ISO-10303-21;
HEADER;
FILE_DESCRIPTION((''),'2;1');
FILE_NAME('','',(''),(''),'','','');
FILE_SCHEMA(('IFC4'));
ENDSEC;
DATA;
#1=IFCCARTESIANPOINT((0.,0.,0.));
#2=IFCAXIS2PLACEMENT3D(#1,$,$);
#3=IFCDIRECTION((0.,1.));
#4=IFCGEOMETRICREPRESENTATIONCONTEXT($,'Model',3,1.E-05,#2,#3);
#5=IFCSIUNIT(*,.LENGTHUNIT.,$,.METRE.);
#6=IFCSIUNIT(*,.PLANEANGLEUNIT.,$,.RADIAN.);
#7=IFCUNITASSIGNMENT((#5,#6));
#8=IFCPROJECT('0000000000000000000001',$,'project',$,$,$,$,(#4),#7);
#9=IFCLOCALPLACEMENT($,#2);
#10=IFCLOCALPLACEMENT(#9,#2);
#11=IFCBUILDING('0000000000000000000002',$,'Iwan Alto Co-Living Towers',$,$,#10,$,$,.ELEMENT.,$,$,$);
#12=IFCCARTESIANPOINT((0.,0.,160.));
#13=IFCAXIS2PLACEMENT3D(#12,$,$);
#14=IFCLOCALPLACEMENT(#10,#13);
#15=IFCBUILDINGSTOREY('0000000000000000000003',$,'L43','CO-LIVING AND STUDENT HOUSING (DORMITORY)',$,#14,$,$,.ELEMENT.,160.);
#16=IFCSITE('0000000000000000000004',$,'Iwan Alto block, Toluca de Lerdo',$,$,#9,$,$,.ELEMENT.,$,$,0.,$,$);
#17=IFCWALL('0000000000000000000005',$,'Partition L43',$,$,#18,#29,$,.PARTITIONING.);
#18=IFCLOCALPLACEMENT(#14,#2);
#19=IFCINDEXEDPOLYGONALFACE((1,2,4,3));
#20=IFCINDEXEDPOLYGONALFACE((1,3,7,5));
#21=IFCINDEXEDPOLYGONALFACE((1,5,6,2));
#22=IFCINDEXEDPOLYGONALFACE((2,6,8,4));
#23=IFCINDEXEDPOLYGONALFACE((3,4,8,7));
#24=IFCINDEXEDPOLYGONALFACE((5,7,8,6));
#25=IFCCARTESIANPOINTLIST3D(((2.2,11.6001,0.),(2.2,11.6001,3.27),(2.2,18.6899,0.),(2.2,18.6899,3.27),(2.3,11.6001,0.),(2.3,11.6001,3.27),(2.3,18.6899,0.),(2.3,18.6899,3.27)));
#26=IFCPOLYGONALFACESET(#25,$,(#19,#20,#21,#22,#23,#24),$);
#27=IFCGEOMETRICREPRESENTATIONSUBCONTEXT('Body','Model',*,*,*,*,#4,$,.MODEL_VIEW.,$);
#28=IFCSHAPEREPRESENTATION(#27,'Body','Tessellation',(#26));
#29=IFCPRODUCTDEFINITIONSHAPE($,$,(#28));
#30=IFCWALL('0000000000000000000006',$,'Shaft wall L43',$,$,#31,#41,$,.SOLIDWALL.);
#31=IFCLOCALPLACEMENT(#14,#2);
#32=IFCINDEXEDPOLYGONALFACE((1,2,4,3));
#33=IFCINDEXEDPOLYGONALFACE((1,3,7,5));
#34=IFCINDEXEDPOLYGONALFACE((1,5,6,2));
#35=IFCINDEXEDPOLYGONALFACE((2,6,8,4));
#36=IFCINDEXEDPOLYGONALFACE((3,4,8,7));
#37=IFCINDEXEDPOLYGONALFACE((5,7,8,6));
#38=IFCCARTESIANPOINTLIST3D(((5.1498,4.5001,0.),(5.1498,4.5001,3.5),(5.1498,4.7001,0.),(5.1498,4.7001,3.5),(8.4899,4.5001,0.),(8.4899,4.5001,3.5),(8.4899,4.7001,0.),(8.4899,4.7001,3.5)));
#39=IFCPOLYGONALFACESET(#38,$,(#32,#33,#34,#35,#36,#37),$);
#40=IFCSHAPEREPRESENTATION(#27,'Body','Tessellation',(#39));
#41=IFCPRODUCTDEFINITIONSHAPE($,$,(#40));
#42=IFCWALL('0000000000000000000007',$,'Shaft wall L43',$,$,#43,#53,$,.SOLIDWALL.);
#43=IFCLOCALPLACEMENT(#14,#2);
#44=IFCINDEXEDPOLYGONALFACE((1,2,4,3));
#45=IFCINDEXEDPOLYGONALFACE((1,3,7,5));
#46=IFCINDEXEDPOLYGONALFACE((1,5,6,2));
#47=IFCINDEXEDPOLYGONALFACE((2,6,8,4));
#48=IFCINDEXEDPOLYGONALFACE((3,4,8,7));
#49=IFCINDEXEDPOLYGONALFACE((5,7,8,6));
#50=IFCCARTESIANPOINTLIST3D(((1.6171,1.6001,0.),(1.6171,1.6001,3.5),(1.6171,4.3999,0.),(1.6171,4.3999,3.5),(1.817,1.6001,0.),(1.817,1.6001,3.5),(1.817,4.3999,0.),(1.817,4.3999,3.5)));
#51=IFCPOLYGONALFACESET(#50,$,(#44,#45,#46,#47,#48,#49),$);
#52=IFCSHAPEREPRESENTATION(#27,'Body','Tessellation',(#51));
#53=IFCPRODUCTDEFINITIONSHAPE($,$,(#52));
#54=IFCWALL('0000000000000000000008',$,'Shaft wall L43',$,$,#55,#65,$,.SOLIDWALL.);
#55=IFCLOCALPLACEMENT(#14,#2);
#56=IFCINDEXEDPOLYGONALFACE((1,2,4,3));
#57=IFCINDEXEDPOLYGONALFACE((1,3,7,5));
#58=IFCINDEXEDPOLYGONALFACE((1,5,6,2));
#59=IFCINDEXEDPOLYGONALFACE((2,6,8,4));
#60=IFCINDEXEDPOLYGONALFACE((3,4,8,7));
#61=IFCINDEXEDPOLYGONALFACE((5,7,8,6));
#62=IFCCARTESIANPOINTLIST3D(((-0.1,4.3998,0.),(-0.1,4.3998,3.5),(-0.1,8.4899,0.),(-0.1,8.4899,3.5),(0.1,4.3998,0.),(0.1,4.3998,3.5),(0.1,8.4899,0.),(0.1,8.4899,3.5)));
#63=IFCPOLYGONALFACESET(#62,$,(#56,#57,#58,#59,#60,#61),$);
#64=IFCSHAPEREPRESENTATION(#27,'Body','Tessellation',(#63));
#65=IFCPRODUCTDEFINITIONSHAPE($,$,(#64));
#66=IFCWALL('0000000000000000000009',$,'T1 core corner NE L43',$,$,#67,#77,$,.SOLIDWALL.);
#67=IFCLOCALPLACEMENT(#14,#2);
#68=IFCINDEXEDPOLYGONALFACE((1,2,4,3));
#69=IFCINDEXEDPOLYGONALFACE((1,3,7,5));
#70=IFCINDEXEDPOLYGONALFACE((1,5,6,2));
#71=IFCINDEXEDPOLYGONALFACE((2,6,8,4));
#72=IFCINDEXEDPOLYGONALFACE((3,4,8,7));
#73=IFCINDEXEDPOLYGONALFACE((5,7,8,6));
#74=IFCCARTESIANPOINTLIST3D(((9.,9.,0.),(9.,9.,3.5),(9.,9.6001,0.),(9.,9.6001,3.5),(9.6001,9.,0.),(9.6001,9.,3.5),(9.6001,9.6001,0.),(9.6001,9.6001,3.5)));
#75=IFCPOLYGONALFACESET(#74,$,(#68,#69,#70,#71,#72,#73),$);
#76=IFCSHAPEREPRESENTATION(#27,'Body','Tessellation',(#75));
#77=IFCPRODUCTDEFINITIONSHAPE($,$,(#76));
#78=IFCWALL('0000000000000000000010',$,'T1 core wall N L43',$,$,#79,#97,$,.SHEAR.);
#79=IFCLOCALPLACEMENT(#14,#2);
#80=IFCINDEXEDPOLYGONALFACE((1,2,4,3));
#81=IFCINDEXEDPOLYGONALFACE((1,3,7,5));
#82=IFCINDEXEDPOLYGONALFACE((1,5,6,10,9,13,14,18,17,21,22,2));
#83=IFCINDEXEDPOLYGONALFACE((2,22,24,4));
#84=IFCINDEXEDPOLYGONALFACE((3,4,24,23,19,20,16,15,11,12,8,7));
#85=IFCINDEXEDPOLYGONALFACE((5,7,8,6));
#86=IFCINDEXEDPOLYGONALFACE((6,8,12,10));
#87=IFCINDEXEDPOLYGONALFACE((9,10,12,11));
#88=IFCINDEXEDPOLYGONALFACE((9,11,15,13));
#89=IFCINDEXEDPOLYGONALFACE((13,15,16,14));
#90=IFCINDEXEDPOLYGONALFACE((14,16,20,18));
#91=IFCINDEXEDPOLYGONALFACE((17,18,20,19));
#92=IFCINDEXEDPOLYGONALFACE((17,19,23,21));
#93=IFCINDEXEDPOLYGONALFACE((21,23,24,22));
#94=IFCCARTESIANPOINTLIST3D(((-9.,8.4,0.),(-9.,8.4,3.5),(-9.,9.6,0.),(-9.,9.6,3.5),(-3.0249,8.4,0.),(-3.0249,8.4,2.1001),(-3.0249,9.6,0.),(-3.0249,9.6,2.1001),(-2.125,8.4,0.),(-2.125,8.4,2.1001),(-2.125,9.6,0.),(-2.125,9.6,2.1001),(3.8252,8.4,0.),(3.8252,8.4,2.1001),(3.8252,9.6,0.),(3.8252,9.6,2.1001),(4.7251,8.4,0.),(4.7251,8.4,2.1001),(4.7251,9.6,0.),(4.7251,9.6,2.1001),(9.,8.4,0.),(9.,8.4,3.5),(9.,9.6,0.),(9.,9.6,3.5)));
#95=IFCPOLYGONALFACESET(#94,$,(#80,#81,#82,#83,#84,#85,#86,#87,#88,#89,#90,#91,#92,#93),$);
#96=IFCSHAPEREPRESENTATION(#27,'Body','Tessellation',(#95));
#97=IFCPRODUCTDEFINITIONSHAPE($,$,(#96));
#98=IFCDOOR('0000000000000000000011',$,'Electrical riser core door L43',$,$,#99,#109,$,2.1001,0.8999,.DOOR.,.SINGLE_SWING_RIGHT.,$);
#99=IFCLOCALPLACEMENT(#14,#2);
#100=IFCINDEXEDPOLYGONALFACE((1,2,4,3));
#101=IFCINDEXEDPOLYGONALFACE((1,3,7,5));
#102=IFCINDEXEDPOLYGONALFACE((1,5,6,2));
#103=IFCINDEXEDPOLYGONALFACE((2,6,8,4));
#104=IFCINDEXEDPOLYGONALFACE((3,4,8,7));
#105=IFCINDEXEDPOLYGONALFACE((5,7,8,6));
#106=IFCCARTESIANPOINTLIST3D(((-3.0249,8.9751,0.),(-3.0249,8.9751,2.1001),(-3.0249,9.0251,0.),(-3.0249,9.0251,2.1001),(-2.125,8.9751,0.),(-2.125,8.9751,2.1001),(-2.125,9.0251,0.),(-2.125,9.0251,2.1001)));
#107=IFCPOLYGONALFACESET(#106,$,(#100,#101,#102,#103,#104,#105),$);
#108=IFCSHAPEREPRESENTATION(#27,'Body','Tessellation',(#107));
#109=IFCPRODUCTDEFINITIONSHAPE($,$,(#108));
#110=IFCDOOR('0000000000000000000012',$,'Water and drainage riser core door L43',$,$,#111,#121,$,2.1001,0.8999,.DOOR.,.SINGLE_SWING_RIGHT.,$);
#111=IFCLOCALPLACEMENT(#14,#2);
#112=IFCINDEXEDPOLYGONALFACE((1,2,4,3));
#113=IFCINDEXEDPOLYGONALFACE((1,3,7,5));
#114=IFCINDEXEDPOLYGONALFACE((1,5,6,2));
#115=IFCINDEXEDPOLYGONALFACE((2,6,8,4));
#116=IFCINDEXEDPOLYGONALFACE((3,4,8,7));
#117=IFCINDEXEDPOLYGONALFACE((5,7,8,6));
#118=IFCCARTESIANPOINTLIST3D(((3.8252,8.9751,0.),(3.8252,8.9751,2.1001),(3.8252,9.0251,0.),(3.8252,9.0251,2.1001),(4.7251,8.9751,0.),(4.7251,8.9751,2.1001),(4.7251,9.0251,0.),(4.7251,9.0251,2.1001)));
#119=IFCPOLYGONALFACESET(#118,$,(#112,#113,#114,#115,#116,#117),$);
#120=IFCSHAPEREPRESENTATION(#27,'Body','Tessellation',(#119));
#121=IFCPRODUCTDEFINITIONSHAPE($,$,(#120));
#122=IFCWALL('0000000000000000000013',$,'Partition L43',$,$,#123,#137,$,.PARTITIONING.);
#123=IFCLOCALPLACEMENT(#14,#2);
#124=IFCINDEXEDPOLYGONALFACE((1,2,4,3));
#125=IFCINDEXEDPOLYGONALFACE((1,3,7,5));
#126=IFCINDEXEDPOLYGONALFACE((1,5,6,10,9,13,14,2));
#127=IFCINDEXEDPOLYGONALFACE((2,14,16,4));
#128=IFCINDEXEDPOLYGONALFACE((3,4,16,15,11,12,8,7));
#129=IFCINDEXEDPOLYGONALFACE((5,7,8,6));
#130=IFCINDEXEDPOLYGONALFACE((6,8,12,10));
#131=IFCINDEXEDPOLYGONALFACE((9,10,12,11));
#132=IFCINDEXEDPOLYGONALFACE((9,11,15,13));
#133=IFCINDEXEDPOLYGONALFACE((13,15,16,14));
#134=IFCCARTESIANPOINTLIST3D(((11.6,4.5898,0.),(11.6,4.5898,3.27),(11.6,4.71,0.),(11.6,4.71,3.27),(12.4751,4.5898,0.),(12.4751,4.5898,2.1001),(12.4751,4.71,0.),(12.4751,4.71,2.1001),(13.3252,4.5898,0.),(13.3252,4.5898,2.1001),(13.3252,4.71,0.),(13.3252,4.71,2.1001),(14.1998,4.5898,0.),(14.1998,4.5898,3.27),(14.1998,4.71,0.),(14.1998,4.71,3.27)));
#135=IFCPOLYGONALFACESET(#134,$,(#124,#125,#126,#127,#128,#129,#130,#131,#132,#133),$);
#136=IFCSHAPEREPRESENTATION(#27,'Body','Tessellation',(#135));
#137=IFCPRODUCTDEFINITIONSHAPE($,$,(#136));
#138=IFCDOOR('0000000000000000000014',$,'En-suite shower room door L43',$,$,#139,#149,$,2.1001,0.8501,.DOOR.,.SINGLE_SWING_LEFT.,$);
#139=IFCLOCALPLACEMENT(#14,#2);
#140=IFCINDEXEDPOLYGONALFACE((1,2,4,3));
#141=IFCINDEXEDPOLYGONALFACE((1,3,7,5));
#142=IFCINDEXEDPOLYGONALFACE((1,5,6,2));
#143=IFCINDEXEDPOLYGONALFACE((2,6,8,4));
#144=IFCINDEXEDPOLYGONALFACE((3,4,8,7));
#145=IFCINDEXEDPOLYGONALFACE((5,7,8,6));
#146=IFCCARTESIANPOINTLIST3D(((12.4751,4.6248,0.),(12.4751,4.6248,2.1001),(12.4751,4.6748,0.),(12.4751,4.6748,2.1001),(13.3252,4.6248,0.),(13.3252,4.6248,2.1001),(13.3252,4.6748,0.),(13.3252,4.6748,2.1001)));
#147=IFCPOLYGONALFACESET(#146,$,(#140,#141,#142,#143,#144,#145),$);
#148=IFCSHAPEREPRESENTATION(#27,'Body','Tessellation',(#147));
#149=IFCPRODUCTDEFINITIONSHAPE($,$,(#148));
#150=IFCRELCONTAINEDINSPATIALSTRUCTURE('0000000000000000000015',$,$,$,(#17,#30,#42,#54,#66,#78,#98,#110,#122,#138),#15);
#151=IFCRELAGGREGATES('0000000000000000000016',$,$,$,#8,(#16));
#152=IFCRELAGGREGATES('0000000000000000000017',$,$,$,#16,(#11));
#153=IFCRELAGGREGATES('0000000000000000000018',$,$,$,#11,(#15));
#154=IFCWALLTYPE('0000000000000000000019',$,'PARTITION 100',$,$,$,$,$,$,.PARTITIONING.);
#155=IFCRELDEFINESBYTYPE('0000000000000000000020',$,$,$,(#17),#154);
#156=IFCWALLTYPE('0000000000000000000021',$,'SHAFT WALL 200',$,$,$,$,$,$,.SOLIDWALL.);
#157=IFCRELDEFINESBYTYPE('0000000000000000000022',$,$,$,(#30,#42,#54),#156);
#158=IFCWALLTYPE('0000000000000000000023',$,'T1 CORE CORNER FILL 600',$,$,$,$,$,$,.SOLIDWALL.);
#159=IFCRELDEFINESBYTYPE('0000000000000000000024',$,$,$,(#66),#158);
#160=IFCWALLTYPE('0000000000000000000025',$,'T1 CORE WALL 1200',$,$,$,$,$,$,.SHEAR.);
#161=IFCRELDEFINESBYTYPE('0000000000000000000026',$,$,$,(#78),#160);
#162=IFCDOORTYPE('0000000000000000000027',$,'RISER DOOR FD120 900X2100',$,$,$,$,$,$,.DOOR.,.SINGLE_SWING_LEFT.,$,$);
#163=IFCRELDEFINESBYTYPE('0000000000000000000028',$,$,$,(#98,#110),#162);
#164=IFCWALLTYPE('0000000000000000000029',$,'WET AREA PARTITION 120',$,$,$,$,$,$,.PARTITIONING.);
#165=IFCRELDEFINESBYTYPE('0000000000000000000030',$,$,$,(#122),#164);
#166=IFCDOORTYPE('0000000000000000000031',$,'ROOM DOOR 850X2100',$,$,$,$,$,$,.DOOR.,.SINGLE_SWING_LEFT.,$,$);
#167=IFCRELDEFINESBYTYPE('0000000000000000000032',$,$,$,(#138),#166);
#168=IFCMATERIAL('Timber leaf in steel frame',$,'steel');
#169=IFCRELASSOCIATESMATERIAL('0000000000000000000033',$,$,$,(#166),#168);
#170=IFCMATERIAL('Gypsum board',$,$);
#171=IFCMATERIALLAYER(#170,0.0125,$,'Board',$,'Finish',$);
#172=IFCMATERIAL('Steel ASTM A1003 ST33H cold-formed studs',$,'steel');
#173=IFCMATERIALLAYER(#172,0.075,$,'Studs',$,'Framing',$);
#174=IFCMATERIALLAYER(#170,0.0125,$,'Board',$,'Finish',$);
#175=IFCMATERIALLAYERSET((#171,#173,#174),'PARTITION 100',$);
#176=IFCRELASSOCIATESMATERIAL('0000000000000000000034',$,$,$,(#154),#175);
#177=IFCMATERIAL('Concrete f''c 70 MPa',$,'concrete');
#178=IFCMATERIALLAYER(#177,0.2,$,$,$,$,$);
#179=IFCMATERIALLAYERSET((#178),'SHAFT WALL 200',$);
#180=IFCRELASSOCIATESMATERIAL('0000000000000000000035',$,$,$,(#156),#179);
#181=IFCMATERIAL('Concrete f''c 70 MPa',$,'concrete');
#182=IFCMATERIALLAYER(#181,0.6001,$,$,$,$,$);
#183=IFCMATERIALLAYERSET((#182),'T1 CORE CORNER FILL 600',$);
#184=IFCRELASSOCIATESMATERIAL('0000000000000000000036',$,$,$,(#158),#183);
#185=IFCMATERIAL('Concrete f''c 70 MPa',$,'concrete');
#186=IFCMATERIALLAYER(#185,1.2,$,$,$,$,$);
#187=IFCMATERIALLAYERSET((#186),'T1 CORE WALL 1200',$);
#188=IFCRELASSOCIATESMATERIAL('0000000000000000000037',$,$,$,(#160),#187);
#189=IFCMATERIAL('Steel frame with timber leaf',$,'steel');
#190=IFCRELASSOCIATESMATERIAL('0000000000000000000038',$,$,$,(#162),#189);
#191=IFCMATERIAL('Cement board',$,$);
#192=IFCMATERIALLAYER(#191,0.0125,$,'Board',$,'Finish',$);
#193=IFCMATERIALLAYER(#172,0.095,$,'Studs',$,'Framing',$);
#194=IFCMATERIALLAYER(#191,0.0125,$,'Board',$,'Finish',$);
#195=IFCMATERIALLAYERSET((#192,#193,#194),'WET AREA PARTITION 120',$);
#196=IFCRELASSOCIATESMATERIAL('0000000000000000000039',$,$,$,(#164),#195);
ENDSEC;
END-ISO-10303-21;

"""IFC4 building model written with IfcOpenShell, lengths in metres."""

from ifc_helpers import new_model, si_unit, direction, frame, frame_2d, origin, place, context, subcontext, project, spatial, rectangle, extrude, material, layer, layer_set, type_object, element, fill, save


model = new_model("IFC4")

# Units and contexts
model_context = context("Model", 3, precision=1e-05, world=origin(), true_north=direction((0.0, 1.0)))
body_context = subcontext(model_context, "Body", "Model", "MODEL_VIEW")
ifc_project = project(units=[si_unit("LENGTHUNIT", "METRE"), si_unit("PLANEANGLEUNIT", "RADIAN")], contexts=[model_context])

# Site, building, storey
site_placement = place(None, origin())
site = spatial("IfcSite", under=ifc_project, at=site_placement, Name="Iwan Alto block, Toluca de Lerdo", CompositionType="ELEMENT", RefElevation=0.0)
building_placement = place(site_placement, origin())
building = spatial("IfcBuilding", under=site, at=building_placement, Name="Iwan Alto Co-Living Towers", CompositionType="ELEMENT")
storey_placement = place(building_placement, frame((0.0, 0.0, 160.0)))
storey = spatial("IfcBuildingStorey", under=building, at=storey_placement, Name="L43", Description="CO-LIVING AND STUDENT HOUSING (DORMITORY)", CompositionType="ELEMENT", Elevation=160.0)

# Shared definitions
ifc_material_1 = material(Name="Gypsum board")
ifc_material_2 = material(Name="Steel ASTM A1003 ST33H cold-formed studs", Category="steel")
ifc_material_3 = material(Name="Timber leaf in steel frame", Category="steel")
door_type_1 = type_object("IfcDoorType", Name="ROOM DOOR 850X2100", OperationType="SINGLE_SWING_LEFT", PredefinedType="DOOR", material=ifc_material_3)

# Walls
ifc_layer_1 = layer(ifc_material_1, 0.0125, Name="Board", Category="Finish")
ifc_layer_2 = layer(ifc_material_2, 0.075, Name="Studs", Category="Framing")
ifc_layer_3 = layer(ifc_material_1, 0.0125, Name="Board", Category="Finish")
ifc_layer_set_1 = layer_set([ifc_layer_1, ifc_layer_2, ifc_layer_3], Name="PARTITION 100")
wall_type_1 = type_object("IfcWallType", Name="PARTITION 100", PredefinedType="PARTITIONING", material=ifc_layer_set_1)
for number, where, z_axis, x_axis, name in (
    (1, (2.25, 11.6001, 0.0), (0.0, 0.0, 1.0), (0.0, 1.0, 0.0), "Partition L43"),
):
    element("IfcWall", number, at=place(storey_placement, frame(where, z_axis=z_axis, x_axis=x_axis)), inside=storey, type_object=wall_type_1, Name=name, PredefinedType="PARTITIONING", context=body_context, shape_type="SweptSolid", body=[
        extrude(rectangle(XDim=7.0898, YDim=0.1001, at=frame_2d((3.5449, 0.0))), origin(), (0.0, 0.0, 1.0), 3.27),
    ])
ifc_material_4 = material(Name="Concrete f'c 70 MPa", Category="concrete")
ifc_layer_4 = layer(ifc_material_4, 0.2)
ifc_layer_set_2 = layer_set([ifc_layer_4], Name="SHAFT WALL 200")
wall_type_2 = type_object("IfcWallType", Name="SHAFT WALL 200", PredefinedType="SOLIDWALL", material=ifc_layer_set_2)
wall_1_placement = place(storey_placement, frame((5.1499, 4.6001, 0.0), z_axis=(0.0, 0.0, 1.0), x_axis=(1.0, 0.0, 0.0)))
element("IfcWall", 2, at=wall_1_placement, inside=storey, type_object=wall_type_2, Name="Shaft wall L43", PredefinedType="SOLIDWALL", context=body_context, shape_type="SweptSolid", body=[
    extrude(rectangle(XDim=3.3401, YDim=0.2, at=frame_2d((1.6699, 0.0))), origin(), (0.0, 0.0, 1.0), 3.5),
])
wall_2_placement = place(storey_placement, frame((1.717, 1.6001, 0.0), z_axis=(0.0, 0.0, 1.0), x_axis=(0.0, 1.0, 0.0)))
element("IfcWall", 3, at=wall_2_placement, inside=storey, type_object=wall_type_2, Name="Shaft wall L43", PredefinedType="SOLIDWALL", context=body_context, shape_type="SweptSolid", body=[
    extrude(rectangle(XDim=2.7998, YDim=0.2, at=frame_2d((1.3999, 0.0))), origin(), (0.0, 0.0, 1.0), 3.5),
])
wall_3_placement = place(storey_placement, frame((0.0, 4.3999, 0.0), z_axis=(0.0, 0.0, 1.0), x_axis=(0.0, 1.0, 0.0)))
element("IfcWall", 4, at=wall_3_placement, inside=storey, type_object=wall_type_2, Name="Shaft wall L43", PredefinedType="SOLIDWALL", context=body_context, shape_type="SweptSolid", body=[
    extrude(rectangle(XDim=4.0901, YDim=0.2, at=frame_2d((2.0449, 0.0))), origin(), (0.0, 0.0, 1.0), 3.5),
])
ifc_material_5 = material(Name="Concrete f'c 70 MPa", Category="concrete")
ifc_layer_5 = layer(ifc_material_5, 0.6001)
ifc_layer_set_3 = layer_set([ifc_layer_5], Name="T1 CORE CORNER FILL 600")
wall_type_3 = type_object("IfcWallType", Name="T1 CORE CORNER FILL 600", PredefinedType="SOLIDWALL", material=ifc_layer_set_3)
wall_4_placement = place(storey_placement, frame((9.0, 9.3, 0.0), z_axis=(0.0, 0.0, 1.0), x_axis=(1.0, 0.0, 0.0)))
element("IfcWall", 5, at=wall_4_placement, inside=storey, type_object=wall_type_3, Name="T1 core corner NE L43", PredefinedType="SOLIDWALL", context=body_context, shape_type="SweptSolid", body=[
    extrude(rectangle(XDim=0.6001, YDim=0.6001, at=frame_2d((0.3, 0.0))), origin(), (0.0, 0.0, 1.0), 3.5),
])

# Wall, openings, doors
ifc_material_6 = material(Name="Concrete f'c 70 MPa", Category="concrete")
ifc_layer_6 = layer(ifc_material_6, 1.2)
ifc_layer_set_4 = layer_set([ifc_layer_6], Name="T1 CORE WALL 1200")
wall_type_4 = type_object("IfcWallType", Name="T1 CORE WALL 1200", PredefinedType="SHEAR", material=ifc_layer_set_4)
wall_5_placement = place(storey_placement, frame((9.0, 9.0, 0.0), z_axis=(0.0, 0.0, 1.0), x_axis=(-1.0, 0.0, 0.0)))
wall_5 = element("IfcWall", 6, at=wall_5_placement, inside=storey, type_object=wall_type_4, Name="T1 core wall N L43", PredefinedType="SHEAR", context=body_context, shape_type="SweptSolid", body=[
    extrude(rectangle(XDim=18.0, YDim=1.2, at=frame_2d((9.0, 0.0))), origin(), (0.0, 0.0, 1.0), 3.5),
])
opening_1_placement = place(wall_5_placement, frame((11.125, 0.0, 0.0)))
opening_1 = element("IfcOpeningElement", 7, at=opening_1_placement, cuts=wall_5, PredefinedType="OPENING", context=body_context, shape_type="SweptSolid", body=[
    extrude(rectangle(XDim=0.8999, YDim=2.1001, at=frame_2d((0.45, 1.05))), frame((0.0, 0.6099, 0.0), z_axis=(0.0, -1.0, 0.0), x_axis=(1.0, 0.0, 0.0)), (0.0, 0.0, 1.0), 1.22),
])
opening_2_placement = place(wall_5_placement, frame((4.2749, 0.0, 0.0)))
opening_2 = element("IfcOpeningElement", 8, at=opening_2_placement, cuts=wall_5, PredefinedType="OPENING", context=body_context, shape_type="SweptSolid", body=[
    extrude(rectangle(XDim=0.8999, YDim=2.1001, at=frame_2d((0.45, 1.05))), frame((0.0, 0.6099, 0.0), z_axis=(0.0, -1.0, 0.0), x_axis=(1.0, 0.0, 0.0)), (0.0, 0.0, 1.0), 1.22),
])
ifc_material_7 = material(Name="Steel frame with timber leaf", Category="steel")
door_type_2 = type_object("IfcDoorType", Name="RISER DOOR FD120 900X2100", OperationType="SINGLE_SWING_LEFT", PredefinedType="DOOR", material=ifc_material_7)
door_1_placement = place(opening_1_placement, origin())
door_1 = element("IfcDoor", 9, at=door_1_placement, inside=storey, type_object=door_type_2, Name="Electrical riser core door L43", OperationType="SINGLE_SWING_RIGHT", OverallHeight=2.1001, OverallWidth=0.8999, PredefinedType="DOOR", context=body_context, shape_type="SweptSolid", body=[
    extrude(rectangle(XDim=0.8999, YDim=2.1001, at=frame_2d((0.45, 1.05))), frame((0.0, 0.0249, 0.0), z_axis=(0.0, -1.0, 0.0), x_axis=(1.0, 0.0, 0.0)), (0.0, 0.0, 1.0), 0.05),
])
fill(opening_1, door_1)
door_2_placement = place(opening_2_placement, origin())
door_2 = element("IfcDoor", 10, at=door_2_placement, inside=storey, type_object=door_type_2, Name="Water and drainage riser core door L43", OperationType="SINGLE_SWING_RIGHT", OverallHeight=2.1001, OverallWidth=0.8999, PredefinedType="DOOR", context=body_context, shape_type="SweptSolid", body=[
    extrude(rectangle(XDim=0.8999, YDim=2.1001, at=frame_2d((0.45, 1.05))), frame((0.0, 0.0249, 0.0), z_axis=(0.0, -1.0, 0.0), x_axis=(1.0, 0.0, 0.0)), (0.0, 0.0, 1.0), 0.05),
])
fill(opening_2, door_2)

# Wall, opening, door
ifc_material_8 = material(Name="Cement board")
ifc_layer_7 = layer(ifc_material_8, 0.0125, Name="Board", Category="Finish")
ifc_layer_8 = layer(ifc_material_2, 0.095, Name="Studs", Category="Framing")
ifc_layer_9 = layer(ifc_material_8, 0.0125, Name="Board", Category="Finish")
ifc_layer_set_5 = layer_set([ifc_layer_7, ifc_layer_8, ifc_layer_9], Name="WET AREA PARTITION 120")
wall_type_5 = type_object("IfcWallType", Name="WET AREA PARTITION 120", PredefinedType="PARTITIONING", material=ifc_layer_set_5)
wall_6_placement = place(storey_placement, frame((11.6001, 4.6499, 0.0), z_axis=(0.0, 0.0, 1.0), x_axis=(1.0, 0.0, 0.0)))
wall_6 = element("IfcWall", 11, at=wall_6_placement, inside=storey, type_object=wall_type_5, Name="Partition L43", PredefinedType="PARTITIONING", context=body_context, shape_type="SweptSolid", body=[
    extrude(rectangle(XDim=2.5999, YDim=0.1201, at=frame_2d((1.2998, 0.0))), origin(), (0.0, 0.0, 1.0), 3.27),
])
opening_3_placement = place(wall_6_placement, frame((0.875, 0.0, 0.0)))
opening_3 = element("IfcOpeningElement", 12, at=opening_3_placement, cuts=wall_6, PredefinedType="OPENING", context=body_context, shape_type="SweptSolid", body=[
    extrude(rectangle(XDim=0.8501, YDim=2.1001, at=frame_2d((0.425, 1.05))), frame((0.0, 0.0701, 0.0), z_axis=(0.0, -1.0, 0.0), x_axis=(1.0, 0.0, 0.0)), (0.0, 0.0, 1.0), 0.1401),
])
door_3_placement = place(opening_3_placement, origin())
door_3 = element("IfcDoor", 13, at=door_3_placement, inside=storey, type_object=door_type_1, Name="En-suite shower room door L43", OperationType="SINGLE_SWING_LEFT", OverallHeight=2.1001, OverallWidth=0.8501, PredefinedType="DOOR", context=body_context, shape_type="SweptSolid", body=[
    extrude(rectangle(XDim=0.8501, YDim=2.1001, at=frame_2d((0.425, 1.05))), frame((0.0, 0.0249, 0.0), z_axis=(0.0, -1.0, 0.0), x_axis=(1.0, 0.0, 0.0)), (0.0, 0.0, 1.0), 0.05),
])
fill(opening_3, door_3)

save(model, "model.ifc")
